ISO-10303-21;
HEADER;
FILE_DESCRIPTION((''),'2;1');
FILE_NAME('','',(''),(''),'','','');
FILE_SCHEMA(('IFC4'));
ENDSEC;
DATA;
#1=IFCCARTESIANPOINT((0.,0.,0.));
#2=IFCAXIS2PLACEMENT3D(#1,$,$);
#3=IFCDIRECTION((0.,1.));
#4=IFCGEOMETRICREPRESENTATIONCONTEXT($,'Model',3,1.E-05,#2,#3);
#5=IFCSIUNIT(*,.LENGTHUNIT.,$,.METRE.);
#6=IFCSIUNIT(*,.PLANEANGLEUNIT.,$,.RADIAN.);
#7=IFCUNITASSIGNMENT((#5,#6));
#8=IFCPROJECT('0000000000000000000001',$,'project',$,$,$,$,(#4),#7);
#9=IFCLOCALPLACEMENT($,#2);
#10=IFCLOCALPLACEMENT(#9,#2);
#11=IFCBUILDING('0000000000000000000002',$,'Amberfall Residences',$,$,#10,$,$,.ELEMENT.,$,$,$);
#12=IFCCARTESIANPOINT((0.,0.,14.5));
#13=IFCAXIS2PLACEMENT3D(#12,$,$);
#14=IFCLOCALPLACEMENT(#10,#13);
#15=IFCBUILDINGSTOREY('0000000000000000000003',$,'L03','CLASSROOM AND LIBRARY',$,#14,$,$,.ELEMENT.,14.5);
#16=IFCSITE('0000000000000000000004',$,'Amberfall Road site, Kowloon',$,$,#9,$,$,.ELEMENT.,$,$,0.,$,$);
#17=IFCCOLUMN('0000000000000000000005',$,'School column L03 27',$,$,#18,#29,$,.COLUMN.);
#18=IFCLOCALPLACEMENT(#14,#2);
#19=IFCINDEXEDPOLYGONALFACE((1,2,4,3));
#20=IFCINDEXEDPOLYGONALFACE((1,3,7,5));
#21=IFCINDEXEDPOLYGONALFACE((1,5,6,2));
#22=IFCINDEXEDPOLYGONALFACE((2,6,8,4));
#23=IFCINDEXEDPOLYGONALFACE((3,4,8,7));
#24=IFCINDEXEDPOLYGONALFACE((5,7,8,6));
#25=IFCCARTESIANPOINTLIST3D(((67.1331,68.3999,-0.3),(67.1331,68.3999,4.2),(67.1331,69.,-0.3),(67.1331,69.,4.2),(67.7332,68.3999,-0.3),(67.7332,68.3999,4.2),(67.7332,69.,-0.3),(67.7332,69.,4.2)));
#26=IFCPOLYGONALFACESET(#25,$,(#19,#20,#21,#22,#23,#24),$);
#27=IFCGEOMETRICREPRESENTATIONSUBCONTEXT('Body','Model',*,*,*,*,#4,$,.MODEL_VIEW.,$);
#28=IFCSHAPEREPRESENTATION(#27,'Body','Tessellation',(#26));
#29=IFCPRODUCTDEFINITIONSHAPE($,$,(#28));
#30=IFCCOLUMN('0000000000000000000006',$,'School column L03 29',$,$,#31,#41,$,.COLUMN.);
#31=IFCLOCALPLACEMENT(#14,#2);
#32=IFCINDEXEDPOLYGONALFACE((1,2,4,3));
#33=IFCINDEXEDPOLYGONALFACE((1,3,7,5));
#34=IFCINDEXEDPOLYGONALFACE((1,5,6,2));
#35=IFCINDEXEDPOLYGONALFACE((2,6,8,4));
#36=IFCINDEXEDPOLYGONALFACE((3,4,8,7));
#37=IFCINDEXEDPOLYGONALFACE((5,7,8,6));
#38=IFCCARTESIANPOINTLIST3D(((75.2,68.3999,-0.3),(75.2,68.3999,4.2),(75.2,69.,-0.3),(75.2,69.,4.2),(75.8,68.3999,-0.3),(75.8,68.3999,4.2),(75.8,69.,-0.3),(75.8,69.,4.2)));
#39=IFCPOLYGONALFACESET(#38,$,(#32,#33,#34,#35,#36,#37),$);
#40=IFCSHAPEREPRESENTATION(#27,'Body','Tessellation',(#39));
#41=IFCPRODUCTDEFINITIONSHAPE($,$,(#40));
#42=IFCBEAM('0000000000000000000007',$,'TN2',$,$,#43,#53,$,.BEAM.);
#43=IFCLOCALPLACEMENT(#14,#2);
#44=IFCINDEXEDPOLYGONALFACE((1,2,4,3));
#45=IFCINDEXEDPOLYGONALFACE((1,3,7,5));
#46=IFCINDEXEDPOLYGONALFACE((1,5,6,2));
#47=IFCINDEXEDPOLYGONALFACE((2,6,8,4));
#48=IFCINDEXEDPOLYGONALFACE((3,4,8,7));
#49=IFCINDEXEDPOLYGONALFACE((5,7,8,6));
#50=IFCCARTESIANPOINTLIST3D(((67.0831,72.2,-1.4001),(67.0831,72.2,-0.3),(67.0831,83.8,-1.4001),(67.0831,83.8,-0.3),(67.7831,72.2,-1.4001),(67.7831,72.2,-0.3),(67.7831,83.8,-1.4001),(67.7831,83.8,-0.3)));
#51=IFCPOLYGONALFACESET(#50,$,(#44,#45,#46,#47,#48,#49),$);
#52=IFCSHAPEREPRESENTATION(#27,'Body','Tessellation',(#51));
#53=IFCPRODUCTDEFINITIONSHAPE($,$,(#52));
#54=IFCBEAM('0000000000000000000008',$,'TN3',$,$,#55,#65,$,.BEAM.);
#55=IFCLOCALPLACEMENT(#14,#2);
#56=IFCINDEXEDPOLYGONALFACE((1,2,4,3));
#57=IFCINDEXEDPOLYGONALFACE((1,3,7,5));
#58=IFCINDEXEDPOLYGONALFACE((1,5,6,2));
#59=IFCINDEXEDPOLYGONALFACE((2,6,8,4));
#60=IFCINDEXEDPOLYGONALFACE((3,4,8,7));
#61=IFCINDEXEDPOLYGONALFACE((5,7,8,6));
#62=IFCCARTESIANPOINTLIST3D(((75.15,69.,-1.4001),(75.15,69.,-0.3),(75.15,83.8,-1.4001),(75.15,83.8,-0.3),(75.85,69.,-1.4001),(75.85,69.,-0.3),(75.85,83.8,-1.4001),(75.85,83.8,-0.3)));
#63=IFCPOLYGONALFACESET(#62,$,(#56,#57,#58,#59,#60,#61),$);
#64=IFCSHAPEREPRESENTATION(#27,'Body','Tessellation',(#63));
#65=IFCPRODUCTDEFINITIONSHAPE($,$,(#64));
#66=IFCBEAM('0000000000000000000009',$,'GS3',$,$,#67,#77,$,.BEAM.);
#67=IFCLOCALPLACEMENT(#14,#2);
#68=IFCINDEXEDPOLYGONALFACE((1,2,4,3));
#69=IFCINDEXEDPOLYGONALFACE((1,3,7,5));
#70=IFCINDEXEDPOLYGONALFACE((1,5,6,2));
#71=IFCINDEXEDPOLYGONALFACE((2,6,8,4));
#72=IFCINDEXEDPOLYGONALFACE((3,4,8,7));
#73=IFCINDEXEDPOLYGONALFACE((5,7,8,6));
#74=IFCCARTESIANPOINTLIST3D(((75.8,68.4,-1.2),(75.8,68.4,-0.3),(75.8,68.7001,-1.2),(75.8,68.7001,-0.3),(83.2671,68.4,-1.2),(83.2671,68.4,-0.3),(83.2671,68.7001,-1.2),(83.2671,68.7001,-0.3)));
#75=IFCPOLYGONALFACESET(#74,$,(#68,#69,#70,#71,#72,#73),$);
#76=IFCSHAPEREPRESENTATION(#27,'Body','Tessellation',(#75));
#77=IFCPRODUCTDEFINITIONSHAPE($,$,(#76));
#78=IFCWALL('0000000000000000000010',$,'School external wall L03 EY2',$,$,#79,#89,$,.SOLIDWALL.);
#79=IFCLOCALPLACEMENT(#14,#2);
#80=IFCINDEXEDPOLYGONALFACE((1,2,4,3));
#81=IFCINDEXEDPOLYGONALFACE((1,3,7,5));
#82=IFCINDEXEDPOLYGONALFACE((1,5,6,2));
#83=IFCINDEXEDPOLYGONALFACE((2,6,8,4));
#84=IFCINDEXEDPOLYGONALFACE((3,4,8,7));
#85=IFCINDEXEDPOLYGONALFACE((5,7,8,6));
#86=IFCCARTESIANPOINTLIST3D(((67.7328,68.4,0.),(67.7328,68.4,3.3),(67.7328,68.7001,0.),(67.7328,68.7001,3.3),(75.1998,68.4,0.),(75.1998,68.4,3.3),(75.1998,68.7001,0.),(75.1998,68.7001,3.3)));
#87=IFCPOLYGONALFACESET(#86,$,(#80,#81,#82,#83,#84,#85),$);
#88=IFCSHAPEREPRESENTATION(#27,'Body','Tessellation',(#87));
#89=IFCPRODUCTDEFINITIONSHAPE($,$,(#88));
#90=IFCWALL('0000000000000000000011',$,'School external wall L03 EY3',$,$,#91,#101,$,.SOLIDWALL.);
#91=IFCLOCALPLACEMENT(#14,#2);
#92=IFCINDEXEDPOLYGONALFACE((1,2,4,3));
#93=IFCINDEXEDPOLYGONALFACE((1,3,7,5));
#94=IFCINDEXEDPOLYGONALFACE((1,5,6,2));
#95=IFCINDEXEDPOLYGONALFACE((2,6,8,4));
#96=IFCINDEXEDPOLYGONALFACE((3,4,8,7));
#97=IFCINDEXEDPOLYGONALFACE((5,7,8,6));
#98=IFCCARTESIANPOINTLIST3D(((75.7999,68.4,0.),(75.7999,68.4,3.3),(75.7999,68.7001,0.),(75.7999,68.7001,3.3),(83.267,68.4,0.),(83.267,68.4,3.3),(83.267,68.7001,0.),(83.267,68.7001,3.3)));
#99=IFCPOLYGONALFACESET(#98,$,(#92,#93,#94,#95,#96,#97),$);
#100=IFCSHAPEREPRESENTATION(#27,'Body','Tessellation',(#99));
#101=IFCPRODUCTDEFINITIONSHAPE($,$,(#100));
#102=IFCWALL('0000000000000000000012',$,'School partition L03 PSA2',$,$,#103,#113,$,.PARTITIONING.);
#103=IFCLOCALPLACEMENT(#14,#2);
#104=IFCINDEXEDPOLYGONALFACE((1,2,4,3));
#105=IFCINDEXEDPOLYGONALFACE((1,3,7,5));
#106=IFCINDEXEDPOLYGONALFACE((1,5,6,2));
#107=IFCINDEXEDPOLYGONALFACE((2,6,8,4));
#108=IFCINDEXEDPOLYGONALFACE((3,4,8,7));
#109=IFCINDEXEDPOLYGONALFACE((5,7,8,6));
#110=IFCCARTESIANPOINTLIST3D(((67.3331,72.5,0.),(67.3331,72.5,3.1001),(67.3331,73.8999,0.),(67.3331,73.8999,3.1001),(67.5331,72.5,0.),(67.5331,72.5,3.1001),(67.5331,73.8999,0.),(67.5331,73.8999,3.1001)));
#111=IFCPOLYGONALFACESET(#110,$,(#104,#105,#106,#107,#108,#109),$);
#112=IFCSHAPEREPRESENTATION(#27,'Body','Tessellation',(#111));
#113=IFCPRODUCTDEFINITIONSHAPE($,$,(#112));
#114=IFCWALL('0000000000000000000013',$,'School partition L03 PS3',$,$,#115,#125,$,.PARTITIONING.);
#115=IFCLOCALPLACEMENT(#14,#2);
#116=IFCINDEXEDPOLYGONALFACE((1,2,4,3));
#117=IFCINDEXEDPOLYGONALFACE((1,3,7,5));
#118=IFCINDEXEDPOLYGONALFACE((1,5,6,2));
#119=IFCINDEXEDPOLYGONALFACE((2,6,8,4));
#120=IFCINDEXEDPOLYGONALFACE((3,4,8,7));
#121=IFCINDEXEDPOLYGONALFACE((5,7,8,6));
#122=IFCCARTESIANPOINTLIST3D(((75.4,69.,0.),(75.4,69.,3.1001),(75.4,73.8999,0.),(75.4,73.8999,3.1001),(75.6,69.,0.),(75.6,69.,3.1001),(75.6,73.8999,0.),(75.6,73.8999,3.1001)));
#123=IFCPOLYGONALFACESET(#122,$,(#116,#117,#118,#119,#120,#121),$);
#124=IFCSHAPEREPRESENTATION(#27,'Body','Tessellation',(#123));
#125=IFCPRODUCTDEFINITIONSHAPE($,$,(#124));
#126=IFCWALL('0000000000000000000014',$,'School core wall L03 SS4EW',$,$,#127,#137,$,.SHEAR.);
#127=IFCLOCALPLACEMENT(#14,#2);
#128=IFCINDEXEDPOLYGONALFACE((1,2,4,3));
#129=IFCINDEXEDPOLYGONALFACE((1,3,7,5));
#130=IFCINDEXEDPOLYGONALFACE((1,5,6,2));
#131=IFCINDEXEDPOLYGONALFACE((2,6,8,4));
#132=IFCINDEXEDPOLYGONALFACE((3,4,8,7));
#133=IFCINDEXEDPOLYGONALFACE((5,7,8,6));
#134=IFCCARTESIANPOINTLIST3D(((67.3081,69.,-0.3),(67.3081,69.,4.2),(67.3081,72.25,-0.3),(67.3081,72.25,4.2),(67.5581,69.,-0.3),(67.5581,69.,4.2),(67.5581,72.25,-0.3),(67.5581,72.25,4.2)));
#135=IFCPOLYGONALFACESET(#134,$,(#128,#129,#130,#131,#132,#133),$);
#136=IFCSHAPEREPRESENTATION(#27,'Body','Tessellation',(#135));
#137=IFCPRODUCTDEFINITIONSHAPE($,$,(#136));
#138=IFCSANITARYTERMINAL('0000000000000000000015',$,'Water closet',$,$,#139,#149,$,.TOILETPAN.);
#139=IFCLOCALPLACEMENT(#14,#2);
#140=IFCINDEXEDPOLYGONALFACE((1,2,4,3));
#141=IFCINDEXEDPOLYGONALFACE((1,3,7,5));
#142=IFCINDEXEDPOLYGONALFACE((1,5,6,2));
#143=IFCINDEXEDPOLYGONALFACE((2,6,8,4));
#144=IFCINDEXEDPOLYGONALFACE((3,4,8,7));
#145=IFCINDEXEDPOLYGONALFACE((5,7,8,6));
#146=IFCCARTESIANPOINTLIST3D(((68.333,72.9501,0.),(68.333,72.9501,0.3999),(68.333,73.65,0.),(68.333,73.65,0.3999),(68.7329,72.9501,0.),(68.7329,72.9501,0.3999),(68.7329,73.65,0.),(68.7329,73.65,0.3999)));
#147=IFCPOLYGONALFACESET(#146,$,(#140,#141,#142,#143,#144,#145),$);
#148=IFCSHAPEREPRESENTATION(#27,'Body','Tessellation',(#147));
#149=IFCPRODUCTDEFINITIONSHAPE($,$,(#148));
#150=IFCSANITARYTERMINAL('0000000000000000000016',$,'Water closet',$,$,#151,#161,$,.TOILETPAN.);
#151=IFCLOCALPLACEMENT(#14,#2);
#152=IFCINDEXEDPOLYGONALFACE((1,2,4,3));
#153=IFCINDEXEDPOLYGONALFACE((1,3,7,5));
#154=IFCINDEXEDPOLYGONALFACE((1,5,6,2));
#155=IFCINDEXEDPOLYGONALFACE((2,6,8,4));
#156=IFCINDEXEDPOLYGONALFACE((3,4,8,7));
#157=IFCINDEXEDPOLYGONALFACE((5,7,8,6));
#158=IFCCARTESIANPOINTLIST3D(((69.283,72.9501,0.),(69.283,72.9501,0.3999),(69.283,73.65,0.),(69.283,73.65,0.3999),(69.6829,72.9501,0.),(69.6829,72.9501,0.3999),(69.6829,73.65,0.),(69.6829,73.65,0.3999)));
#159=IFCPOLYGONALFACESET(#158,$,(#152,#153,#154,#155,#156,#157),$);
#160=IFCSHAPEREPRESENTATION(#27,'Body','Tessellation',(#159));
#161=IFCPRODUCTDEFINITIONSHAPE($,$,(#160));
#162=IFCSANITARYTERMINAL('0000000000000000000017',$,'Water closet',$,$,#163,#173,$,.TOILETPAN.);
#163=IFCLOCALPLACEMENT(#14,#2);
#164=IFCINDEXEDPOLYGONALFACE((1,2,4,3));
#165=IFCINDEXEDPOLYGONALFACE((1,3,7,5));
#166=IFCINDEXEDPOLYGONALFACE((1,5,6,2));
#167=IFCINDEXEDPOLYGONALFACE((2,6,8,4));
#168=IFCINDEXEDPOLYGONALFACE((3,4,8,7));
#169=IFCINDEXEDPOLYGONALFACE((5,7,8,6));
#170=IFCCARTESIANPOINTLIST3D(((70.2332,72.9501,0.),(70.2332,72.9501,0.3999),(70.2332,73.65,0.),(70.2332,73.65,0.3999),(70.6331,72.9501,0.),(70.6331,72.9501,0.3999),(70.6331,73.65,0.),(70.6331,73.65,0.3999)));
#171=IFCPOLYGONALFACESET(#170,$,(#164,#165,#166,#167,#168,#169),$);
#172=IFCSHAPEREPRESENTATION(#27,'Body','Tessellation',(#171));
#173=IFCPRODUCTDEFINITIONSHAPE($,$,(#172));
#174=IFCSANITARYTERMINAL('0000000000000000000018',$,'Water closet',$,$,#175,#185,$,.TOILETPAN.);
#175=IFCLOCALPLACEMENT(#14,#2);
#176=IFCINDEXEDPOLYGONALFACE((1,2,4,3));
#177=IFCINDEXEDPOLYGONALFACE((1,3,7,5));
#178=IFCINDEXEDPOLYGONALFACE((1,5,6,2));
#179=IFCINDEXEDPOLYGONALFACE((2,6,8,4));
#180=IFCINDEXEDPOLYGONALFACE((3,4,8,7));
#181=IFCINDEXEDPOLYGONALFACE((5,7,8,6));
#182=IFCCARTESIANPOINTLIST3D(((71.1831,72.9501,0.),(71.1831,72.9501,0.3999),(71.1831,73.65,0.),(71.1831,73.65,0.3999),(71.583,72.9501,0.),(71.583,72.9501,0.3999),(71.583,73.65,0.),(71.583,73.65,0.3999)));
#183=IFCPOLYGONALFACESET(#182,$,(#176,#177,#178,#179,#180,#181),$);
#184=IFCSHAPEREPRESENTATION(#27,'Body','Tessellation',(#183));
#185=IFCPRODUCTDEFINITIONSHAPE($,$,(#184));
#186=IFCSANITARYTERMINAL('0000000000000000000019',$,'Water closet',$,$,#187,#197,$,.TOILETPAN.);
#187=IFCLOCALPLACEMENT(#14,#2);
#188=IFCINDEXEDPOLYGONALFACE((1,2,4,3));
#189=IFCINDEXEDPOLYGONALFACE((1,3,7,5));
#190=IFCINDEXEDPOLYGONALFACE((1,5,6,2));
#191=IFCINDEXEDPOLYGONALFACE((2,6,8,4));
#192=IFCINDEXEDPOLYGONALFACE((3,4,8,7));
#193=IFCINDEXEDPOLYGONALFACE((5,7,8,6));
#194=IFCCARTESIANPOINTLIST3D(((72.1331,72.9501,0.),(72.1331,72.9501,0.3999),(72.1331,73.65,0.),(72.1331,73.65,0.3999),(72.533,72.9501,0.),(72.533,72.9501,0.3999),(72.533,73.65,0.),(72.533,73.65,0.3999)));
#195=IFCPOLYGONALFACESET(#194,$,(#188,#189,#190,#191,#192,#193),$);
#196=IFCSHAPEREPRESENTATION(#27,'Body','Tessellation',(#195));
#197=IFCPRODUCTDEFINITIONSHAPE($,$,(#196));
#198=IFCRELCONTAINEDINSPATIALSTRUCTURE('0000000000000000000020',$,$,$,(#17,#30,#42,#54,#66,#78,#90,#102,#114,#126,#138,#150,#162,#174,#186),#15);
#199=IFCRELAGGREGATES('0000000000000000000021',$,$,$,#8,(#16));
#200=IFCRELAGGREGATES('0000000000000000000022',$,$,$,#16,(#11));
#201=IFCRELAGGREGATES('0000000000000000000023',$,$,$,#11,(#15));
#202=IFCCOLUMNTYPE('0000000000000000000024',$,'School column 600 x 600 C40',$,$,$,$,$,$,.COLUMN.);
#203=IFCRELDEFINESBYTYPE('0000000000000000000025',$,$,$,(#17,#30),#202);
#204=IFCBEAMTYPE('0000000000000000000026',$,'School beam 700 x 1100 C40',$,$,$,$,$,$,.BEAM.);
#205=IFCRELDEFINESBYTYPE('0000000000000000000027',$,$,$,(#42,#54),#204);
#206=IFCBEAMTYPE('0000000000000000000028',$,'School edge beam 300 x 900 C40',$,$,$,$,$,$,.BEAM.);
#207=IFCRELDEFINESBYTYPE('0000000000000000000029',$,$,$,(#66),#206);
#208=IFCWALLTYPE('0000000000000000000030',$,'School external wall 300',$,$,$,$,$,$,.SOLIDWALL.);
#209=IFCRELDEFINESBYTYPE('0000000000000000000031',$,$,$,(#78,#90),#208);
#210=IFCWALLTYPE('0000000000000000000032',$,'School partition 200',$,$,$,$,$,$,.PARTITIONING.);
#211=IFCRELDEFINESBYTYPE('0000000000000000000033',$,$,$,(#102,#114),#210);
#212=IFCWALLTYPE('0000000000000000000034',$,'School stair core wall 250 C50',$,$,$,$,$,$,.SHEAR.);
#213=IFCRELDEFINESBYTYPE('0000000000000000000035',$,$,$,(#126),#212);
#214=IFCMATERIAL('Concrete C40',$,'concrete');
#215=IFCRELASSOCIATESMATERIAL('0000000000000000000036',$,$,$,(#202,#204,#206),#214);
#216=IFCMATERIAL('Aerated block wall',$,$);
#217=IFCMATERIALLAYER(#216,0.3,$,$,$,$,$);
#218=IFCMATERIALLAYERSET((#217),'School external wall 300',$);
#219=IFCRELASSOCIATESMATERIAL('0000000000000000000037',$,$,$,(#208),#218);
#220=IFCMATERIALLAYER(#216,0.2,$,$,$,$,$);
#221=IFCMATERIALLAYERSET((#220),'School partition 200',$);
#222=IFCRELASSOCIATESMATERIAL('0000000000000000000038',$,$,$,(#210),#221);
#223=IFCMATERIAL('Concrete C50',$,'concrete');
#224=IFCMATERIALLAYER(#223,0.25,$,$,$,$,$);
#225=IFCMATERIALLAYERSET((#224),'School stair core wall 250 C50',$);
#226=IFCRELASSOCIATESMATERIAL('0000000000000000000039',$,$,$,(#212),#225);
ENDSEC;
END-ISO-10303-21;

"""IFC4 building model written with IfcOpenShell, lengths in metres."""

from ifc_helpers import new_model, si_unit, direction, frame, frame_2d, origin, origin_2d, place, context, subcontext, project, spatial, rectangle, extrude, material, layer, layer_set, material_profile, profile_set, type_object, element, save


model = new_model("IFC4")

# Units and contexts
model_context = context("Model", 3, precision=1e-05, world=origin(), true_north=direction((0.0, 1.0)))
body_context = subcontext(model_context, "Body", "Model", "MODEL_VIEW")
ifc_project = project(units=[si_unit("LENGTHUNIT", "METRE"), si_unit("PLANEANGLEUNIT", "RADIAN")], contexts=[model_context])

# Site, building, storey
site_placement = place(None, origin())
site = spatial("IfcSite", under=ifc_project, at=site_placement, Name="Amberfall Road site, Kowloon", CompositionType="ELEMENT", RefElevation=0.0)
building_placement = place(site_placement, origin())
building = spatial("IfcBuilding", under=site, at=building_placement, Name="Amberfall Residences", CompositionType="ELEMENT")
storey_placement = place(building_placement, frame((0.0, 0.0, 14.5)))
storey = spatial("IfcBuildingStorey", under=building, at=storey_placement, Name="L03", Description="CLASSROOM AND LIBRARY", CompositionType="ELEMENT", Elevation=14.5)

# Columns
ifc_material_1 = material(Name="Concrete C40", Category="concrete")
ifc_material_profile_1 = material_profile(ifc_material_1, rectangle(XDim=0.6001, YDim=0.6001, at=origin_2d()), Name="School column 600 x 600 C40")
ifc_profile_set_1 = profile_set([ifc_material_profile_1], Name="Concrete C40")
column_type = type_object("IfcColumnType", Name="School column 600 x 600 C40", PredefinedType="COLUMN", material=ifc_profile_set_1)
for number, where, z_axis, x_axis, name in (
    (1, (67.4331, 68.7, -0.3), (0.0, 0.0, 1.0), (1.0, 0.0, 0.0), "School column L03 27"),
    (2, (75.5, 68.7, -0.3), (0.0, 0.0, 1.0), (1.0, 0.0, 0.0), "School column L03 29"),
):
    element("IfcColumn", number, at=place(storey_placement, frame(where, z_axis=z_axis, x_axis=x_axis)), inside=storey, type_object=column_type, Name=name, PredefinedType="COLUMN", context=body_context, shape_type="SweptSolid", body=[
        extrude(rectangle(XDim=0.6001, YDim=0.6001, at=origin_2d()), origin(), (0.0, 0.0, 1.0), 4.5),
    ])

# Beams
ifc_material_profile_2 = material_profile(ifc_material_1, rectangle(XDim=0.7, YDim=1.1001, at=origin_2d()), Name="School beam 700 x 1100 C40")
ifc_profile_set_2 = profile_set([ifc_material_profile_2], Name="Concrete C40")
beam_type_1 = type_object("IfcBeamType", Name="School beam 700 x 1100 C40", PredefinedType="BEAM", material=ifc_profile_set_2)
beam_1_placement = place(storey_placement, frame((67.4331, 72.2, -0.8501), z_axis=(0.0, 1.0, 0.0), x_axis=(-1.0, 0.0, 0.0)))
element("IfcBeam", 3, at=beam_1_placement, inside=storey, type_object=beam_type_1, Name="TN2", PredefinedType="BEAM", context=body_context, shape_type="SweptSolid", body=[
    extrude(rectangle(XDim=0.7, YDim=1.1001, at=origin_2d()), origin(), (0.0, 0.0, 1.0), 11.6001),
])
beam_2_placement = place(storey_placement, frame((75.5, 69.0, -0.8501), z_axis=(0.0, 1.0, 0.0), x_axis=(-1.0, 0.0, 0.0)))
element("IfcBeam", 4, at=beam_2_placement, inside=storey, type_object=beam_type_1, Name="TN3", PredefinedType="BEAM", context=body_context, shape_type="SweptSolid", body=[
    extrude(rectangle(XDim=0.7, YDim=1.1001, at=origin_2d()), origin(), (0.0, 0.0, 1.0), 14.8),
])
ifc_material_profile_3 = material_profile(ifc_material_1, rectangle(XDim=0.3, YDim=0.8999, at=origin_2d()), Name="School edge beam 300 x 900 C40")
ifc_profile_set_3 = profile_set([ifc_material_profile_3], Name="Concrete C40")
beam_type_2 = type_object("IfcBeamType", Name="School edge beam 300 x 900 C40", PredefinedType="BEAM", material=ifc_profile_set_3)
beam_3_placement = place(storey_placement, frame((75.8, 68.55, -0.75), z_axis=(1.0, 0.0, 0.0), x_axis=(0.0, 1.0, 0.0)))
element("IfcBeam", 5, at=beam_3_placement, inside=storey, type_object=beam_type_2, Name="GS3", PredefinedType="BEAM", context=body_context, shape_type="SweptSolid", body=[
    extrude(rectangle(XDim=0.3, YDim=0.8999, at=origin_2d()), origin(), (0.0, 0.0, 1.0), 7.467),
])

# Walls
ifc_material_2 = material(Name="Aerated block wall")
ifc_layer_1 = layer(ifc_material_2, 0.3)
ifc_layer_set_1 = layer_set([ifc_layer_1], Name="School external wall 300")
wall_type_1 = type_object("IfcWallType", Name="School external wall 300", PredefinedType="SOLIDWALL", material=ifc_layer_set_1)
for number, where, z_axis, x_axis, name in (
    (6, (67.7329, 68.55, 0.0), (0.0, 0.0, 1.0), (1.0, 0.0, 0.0), "School external wall L03 EY2"),
    (7, (75.8, 68.55, 0.0), (0.0, 0.0, 1.0), (1.0, 0.0, 0.0), "School external wall L03 EY3"),
):
    element("IfcWall", number, at=place(storey_placement, frame(where, z_axis=z_axis, x_axis=x_axis)), inside=storey, type_object=wall_type_1, Name=name, PredefinedType="SOLIDWALL", context=body_context, shape_type="SweptSolid", body=[
        extrude(rectangle(XDim=7.467, YDim=0.3, at=frame_2d((3.7334, 0.0))), origin(), (0.0, 0.0, 1.0), 3.3),
    ])
ifc_layer_2 = layer(ifc_material_2, 0.2)
ifc_layer_set_2 = layer_set([ifc_layer_2], Name="School partition 200")
wall_type_2 = type_object("IfcWallType", Name="School partition 200", PredefinedType="PARTITIONING", material=ifc_layer_set_2)
wall_1_placement = place(storey_placement, frame((67.4331, 72.5, 0.0), z_axis=(0.0, 0.0, 1.0), x_axis=(0.0, 1.0, 0.0)))
element("IfcWall", 8, at=wall_1_placement, inside=storey, type_object=wall_type_2, Name="School partition L03 PSA2", PredefinedType="PARTITIONING", context=body_context, shape_type="SweptSolid", body=[
    extrude(rectangle(XDim=1.3999, YDim=0.2, at=frame_2d((0.7, 0.0))), origin(), (0.0, 0.0, 1.0), 3.1001),
])
wall_2_placement = place(storey_placement, frame((75.5, 69.0, 0.0), z_axis=(0.0, 0.0, 1.0), x_axis=(0.0, 1.0, 0.0)))
element("IfcWall", 9, at=wall_2_placement, inside=storey, type_object=wall_type_2, Name="School partition L03 PS3", PredefinedType="PARTITIONING", context=body_context, shape_type="SweptSolid", body=[
    extrude(rectangle(XDim=4.8999, YDim=0.2, at=frame_2d((2.45, 0.0))), origin(), (0.0, 0.0, 1.0), 3.1001),
])
ifc_material_3 = material(Name="Concrete C50", Category="concrete")
ifc_layer_3 = layer(ifc_material_3, 0.25)
ifc_layer_set_3 = layer_set([ifc_layer_3], Name="School stair core wall 250 C50")
wall_type_3 = type_object("IfcWallType", Name="School stair core wall 250 C50", PredefinedType="SHEAR", material=ifc_layer_set_3)
wall_3_placement = place(storey_placement, frame((67.4331, 69.0, -0.3), z_axis=(0.0, 0.0, 1.0), x_axis=(0.0, 1.0, 0.0)))
element("IfcWall", 10, at=wall_3_placement, inside=storey, type_object=wall_type_3, Name="School core wall L03 SS4EW", PredefinedType="SHEAR", context=body_context, shape_type="SweptSolid", body=[
    extrude(rectangle(XDim=3.25, YDim=0.25, at=frame_2d((1.625, 0.0))), origin(), (0.0, 0.0, 1.0), 4.5),
])

# Sanitary terminals
for number, where, z_axis, x_axis, name in (
    (11, (68.533, 73.3, 0.0), (0.0, 0.0, 1.0), (1.0, 0.0, 0.0), "Water closet"),
    (12, (69.4829, 73.3, 0.0), (0.0, 0.0, 1.0), (1.0, 0.0, 0.0), "Water closet"),
    (13, (70.4331, 73.3, 0.0), (0.0, 0.0, 1.0), (1.0, 0.0, 0.0), "Water closet"),
    (14, (71.3831, 73.3, 0.0), (0.0, 0.0, 1.0), (1.0, 0.0, 0.0), "Water closet"),
    (15, (72.333, 73.3, 0.0), (0.0, 0.0, 1.0), (1.0, 0.0, 0.0), "Water closet"),
):
    element("IfcSanitaryTerminal", number, at=place(storey_placement, frame(where, z_axis=z_axis, x_axis=x_axis)), inside=storey, Name=name, PredefinedType="TOILETPAN", context=body_context, shape_type="SweptSolid", body=[
        extrude(rectangle(XDim=0.3999, YDim=0.7, at=origin_2d()), origin(), (0.0, 0.0, 1.0), 0.3999),
    ])

save(model, "model.ifc")
